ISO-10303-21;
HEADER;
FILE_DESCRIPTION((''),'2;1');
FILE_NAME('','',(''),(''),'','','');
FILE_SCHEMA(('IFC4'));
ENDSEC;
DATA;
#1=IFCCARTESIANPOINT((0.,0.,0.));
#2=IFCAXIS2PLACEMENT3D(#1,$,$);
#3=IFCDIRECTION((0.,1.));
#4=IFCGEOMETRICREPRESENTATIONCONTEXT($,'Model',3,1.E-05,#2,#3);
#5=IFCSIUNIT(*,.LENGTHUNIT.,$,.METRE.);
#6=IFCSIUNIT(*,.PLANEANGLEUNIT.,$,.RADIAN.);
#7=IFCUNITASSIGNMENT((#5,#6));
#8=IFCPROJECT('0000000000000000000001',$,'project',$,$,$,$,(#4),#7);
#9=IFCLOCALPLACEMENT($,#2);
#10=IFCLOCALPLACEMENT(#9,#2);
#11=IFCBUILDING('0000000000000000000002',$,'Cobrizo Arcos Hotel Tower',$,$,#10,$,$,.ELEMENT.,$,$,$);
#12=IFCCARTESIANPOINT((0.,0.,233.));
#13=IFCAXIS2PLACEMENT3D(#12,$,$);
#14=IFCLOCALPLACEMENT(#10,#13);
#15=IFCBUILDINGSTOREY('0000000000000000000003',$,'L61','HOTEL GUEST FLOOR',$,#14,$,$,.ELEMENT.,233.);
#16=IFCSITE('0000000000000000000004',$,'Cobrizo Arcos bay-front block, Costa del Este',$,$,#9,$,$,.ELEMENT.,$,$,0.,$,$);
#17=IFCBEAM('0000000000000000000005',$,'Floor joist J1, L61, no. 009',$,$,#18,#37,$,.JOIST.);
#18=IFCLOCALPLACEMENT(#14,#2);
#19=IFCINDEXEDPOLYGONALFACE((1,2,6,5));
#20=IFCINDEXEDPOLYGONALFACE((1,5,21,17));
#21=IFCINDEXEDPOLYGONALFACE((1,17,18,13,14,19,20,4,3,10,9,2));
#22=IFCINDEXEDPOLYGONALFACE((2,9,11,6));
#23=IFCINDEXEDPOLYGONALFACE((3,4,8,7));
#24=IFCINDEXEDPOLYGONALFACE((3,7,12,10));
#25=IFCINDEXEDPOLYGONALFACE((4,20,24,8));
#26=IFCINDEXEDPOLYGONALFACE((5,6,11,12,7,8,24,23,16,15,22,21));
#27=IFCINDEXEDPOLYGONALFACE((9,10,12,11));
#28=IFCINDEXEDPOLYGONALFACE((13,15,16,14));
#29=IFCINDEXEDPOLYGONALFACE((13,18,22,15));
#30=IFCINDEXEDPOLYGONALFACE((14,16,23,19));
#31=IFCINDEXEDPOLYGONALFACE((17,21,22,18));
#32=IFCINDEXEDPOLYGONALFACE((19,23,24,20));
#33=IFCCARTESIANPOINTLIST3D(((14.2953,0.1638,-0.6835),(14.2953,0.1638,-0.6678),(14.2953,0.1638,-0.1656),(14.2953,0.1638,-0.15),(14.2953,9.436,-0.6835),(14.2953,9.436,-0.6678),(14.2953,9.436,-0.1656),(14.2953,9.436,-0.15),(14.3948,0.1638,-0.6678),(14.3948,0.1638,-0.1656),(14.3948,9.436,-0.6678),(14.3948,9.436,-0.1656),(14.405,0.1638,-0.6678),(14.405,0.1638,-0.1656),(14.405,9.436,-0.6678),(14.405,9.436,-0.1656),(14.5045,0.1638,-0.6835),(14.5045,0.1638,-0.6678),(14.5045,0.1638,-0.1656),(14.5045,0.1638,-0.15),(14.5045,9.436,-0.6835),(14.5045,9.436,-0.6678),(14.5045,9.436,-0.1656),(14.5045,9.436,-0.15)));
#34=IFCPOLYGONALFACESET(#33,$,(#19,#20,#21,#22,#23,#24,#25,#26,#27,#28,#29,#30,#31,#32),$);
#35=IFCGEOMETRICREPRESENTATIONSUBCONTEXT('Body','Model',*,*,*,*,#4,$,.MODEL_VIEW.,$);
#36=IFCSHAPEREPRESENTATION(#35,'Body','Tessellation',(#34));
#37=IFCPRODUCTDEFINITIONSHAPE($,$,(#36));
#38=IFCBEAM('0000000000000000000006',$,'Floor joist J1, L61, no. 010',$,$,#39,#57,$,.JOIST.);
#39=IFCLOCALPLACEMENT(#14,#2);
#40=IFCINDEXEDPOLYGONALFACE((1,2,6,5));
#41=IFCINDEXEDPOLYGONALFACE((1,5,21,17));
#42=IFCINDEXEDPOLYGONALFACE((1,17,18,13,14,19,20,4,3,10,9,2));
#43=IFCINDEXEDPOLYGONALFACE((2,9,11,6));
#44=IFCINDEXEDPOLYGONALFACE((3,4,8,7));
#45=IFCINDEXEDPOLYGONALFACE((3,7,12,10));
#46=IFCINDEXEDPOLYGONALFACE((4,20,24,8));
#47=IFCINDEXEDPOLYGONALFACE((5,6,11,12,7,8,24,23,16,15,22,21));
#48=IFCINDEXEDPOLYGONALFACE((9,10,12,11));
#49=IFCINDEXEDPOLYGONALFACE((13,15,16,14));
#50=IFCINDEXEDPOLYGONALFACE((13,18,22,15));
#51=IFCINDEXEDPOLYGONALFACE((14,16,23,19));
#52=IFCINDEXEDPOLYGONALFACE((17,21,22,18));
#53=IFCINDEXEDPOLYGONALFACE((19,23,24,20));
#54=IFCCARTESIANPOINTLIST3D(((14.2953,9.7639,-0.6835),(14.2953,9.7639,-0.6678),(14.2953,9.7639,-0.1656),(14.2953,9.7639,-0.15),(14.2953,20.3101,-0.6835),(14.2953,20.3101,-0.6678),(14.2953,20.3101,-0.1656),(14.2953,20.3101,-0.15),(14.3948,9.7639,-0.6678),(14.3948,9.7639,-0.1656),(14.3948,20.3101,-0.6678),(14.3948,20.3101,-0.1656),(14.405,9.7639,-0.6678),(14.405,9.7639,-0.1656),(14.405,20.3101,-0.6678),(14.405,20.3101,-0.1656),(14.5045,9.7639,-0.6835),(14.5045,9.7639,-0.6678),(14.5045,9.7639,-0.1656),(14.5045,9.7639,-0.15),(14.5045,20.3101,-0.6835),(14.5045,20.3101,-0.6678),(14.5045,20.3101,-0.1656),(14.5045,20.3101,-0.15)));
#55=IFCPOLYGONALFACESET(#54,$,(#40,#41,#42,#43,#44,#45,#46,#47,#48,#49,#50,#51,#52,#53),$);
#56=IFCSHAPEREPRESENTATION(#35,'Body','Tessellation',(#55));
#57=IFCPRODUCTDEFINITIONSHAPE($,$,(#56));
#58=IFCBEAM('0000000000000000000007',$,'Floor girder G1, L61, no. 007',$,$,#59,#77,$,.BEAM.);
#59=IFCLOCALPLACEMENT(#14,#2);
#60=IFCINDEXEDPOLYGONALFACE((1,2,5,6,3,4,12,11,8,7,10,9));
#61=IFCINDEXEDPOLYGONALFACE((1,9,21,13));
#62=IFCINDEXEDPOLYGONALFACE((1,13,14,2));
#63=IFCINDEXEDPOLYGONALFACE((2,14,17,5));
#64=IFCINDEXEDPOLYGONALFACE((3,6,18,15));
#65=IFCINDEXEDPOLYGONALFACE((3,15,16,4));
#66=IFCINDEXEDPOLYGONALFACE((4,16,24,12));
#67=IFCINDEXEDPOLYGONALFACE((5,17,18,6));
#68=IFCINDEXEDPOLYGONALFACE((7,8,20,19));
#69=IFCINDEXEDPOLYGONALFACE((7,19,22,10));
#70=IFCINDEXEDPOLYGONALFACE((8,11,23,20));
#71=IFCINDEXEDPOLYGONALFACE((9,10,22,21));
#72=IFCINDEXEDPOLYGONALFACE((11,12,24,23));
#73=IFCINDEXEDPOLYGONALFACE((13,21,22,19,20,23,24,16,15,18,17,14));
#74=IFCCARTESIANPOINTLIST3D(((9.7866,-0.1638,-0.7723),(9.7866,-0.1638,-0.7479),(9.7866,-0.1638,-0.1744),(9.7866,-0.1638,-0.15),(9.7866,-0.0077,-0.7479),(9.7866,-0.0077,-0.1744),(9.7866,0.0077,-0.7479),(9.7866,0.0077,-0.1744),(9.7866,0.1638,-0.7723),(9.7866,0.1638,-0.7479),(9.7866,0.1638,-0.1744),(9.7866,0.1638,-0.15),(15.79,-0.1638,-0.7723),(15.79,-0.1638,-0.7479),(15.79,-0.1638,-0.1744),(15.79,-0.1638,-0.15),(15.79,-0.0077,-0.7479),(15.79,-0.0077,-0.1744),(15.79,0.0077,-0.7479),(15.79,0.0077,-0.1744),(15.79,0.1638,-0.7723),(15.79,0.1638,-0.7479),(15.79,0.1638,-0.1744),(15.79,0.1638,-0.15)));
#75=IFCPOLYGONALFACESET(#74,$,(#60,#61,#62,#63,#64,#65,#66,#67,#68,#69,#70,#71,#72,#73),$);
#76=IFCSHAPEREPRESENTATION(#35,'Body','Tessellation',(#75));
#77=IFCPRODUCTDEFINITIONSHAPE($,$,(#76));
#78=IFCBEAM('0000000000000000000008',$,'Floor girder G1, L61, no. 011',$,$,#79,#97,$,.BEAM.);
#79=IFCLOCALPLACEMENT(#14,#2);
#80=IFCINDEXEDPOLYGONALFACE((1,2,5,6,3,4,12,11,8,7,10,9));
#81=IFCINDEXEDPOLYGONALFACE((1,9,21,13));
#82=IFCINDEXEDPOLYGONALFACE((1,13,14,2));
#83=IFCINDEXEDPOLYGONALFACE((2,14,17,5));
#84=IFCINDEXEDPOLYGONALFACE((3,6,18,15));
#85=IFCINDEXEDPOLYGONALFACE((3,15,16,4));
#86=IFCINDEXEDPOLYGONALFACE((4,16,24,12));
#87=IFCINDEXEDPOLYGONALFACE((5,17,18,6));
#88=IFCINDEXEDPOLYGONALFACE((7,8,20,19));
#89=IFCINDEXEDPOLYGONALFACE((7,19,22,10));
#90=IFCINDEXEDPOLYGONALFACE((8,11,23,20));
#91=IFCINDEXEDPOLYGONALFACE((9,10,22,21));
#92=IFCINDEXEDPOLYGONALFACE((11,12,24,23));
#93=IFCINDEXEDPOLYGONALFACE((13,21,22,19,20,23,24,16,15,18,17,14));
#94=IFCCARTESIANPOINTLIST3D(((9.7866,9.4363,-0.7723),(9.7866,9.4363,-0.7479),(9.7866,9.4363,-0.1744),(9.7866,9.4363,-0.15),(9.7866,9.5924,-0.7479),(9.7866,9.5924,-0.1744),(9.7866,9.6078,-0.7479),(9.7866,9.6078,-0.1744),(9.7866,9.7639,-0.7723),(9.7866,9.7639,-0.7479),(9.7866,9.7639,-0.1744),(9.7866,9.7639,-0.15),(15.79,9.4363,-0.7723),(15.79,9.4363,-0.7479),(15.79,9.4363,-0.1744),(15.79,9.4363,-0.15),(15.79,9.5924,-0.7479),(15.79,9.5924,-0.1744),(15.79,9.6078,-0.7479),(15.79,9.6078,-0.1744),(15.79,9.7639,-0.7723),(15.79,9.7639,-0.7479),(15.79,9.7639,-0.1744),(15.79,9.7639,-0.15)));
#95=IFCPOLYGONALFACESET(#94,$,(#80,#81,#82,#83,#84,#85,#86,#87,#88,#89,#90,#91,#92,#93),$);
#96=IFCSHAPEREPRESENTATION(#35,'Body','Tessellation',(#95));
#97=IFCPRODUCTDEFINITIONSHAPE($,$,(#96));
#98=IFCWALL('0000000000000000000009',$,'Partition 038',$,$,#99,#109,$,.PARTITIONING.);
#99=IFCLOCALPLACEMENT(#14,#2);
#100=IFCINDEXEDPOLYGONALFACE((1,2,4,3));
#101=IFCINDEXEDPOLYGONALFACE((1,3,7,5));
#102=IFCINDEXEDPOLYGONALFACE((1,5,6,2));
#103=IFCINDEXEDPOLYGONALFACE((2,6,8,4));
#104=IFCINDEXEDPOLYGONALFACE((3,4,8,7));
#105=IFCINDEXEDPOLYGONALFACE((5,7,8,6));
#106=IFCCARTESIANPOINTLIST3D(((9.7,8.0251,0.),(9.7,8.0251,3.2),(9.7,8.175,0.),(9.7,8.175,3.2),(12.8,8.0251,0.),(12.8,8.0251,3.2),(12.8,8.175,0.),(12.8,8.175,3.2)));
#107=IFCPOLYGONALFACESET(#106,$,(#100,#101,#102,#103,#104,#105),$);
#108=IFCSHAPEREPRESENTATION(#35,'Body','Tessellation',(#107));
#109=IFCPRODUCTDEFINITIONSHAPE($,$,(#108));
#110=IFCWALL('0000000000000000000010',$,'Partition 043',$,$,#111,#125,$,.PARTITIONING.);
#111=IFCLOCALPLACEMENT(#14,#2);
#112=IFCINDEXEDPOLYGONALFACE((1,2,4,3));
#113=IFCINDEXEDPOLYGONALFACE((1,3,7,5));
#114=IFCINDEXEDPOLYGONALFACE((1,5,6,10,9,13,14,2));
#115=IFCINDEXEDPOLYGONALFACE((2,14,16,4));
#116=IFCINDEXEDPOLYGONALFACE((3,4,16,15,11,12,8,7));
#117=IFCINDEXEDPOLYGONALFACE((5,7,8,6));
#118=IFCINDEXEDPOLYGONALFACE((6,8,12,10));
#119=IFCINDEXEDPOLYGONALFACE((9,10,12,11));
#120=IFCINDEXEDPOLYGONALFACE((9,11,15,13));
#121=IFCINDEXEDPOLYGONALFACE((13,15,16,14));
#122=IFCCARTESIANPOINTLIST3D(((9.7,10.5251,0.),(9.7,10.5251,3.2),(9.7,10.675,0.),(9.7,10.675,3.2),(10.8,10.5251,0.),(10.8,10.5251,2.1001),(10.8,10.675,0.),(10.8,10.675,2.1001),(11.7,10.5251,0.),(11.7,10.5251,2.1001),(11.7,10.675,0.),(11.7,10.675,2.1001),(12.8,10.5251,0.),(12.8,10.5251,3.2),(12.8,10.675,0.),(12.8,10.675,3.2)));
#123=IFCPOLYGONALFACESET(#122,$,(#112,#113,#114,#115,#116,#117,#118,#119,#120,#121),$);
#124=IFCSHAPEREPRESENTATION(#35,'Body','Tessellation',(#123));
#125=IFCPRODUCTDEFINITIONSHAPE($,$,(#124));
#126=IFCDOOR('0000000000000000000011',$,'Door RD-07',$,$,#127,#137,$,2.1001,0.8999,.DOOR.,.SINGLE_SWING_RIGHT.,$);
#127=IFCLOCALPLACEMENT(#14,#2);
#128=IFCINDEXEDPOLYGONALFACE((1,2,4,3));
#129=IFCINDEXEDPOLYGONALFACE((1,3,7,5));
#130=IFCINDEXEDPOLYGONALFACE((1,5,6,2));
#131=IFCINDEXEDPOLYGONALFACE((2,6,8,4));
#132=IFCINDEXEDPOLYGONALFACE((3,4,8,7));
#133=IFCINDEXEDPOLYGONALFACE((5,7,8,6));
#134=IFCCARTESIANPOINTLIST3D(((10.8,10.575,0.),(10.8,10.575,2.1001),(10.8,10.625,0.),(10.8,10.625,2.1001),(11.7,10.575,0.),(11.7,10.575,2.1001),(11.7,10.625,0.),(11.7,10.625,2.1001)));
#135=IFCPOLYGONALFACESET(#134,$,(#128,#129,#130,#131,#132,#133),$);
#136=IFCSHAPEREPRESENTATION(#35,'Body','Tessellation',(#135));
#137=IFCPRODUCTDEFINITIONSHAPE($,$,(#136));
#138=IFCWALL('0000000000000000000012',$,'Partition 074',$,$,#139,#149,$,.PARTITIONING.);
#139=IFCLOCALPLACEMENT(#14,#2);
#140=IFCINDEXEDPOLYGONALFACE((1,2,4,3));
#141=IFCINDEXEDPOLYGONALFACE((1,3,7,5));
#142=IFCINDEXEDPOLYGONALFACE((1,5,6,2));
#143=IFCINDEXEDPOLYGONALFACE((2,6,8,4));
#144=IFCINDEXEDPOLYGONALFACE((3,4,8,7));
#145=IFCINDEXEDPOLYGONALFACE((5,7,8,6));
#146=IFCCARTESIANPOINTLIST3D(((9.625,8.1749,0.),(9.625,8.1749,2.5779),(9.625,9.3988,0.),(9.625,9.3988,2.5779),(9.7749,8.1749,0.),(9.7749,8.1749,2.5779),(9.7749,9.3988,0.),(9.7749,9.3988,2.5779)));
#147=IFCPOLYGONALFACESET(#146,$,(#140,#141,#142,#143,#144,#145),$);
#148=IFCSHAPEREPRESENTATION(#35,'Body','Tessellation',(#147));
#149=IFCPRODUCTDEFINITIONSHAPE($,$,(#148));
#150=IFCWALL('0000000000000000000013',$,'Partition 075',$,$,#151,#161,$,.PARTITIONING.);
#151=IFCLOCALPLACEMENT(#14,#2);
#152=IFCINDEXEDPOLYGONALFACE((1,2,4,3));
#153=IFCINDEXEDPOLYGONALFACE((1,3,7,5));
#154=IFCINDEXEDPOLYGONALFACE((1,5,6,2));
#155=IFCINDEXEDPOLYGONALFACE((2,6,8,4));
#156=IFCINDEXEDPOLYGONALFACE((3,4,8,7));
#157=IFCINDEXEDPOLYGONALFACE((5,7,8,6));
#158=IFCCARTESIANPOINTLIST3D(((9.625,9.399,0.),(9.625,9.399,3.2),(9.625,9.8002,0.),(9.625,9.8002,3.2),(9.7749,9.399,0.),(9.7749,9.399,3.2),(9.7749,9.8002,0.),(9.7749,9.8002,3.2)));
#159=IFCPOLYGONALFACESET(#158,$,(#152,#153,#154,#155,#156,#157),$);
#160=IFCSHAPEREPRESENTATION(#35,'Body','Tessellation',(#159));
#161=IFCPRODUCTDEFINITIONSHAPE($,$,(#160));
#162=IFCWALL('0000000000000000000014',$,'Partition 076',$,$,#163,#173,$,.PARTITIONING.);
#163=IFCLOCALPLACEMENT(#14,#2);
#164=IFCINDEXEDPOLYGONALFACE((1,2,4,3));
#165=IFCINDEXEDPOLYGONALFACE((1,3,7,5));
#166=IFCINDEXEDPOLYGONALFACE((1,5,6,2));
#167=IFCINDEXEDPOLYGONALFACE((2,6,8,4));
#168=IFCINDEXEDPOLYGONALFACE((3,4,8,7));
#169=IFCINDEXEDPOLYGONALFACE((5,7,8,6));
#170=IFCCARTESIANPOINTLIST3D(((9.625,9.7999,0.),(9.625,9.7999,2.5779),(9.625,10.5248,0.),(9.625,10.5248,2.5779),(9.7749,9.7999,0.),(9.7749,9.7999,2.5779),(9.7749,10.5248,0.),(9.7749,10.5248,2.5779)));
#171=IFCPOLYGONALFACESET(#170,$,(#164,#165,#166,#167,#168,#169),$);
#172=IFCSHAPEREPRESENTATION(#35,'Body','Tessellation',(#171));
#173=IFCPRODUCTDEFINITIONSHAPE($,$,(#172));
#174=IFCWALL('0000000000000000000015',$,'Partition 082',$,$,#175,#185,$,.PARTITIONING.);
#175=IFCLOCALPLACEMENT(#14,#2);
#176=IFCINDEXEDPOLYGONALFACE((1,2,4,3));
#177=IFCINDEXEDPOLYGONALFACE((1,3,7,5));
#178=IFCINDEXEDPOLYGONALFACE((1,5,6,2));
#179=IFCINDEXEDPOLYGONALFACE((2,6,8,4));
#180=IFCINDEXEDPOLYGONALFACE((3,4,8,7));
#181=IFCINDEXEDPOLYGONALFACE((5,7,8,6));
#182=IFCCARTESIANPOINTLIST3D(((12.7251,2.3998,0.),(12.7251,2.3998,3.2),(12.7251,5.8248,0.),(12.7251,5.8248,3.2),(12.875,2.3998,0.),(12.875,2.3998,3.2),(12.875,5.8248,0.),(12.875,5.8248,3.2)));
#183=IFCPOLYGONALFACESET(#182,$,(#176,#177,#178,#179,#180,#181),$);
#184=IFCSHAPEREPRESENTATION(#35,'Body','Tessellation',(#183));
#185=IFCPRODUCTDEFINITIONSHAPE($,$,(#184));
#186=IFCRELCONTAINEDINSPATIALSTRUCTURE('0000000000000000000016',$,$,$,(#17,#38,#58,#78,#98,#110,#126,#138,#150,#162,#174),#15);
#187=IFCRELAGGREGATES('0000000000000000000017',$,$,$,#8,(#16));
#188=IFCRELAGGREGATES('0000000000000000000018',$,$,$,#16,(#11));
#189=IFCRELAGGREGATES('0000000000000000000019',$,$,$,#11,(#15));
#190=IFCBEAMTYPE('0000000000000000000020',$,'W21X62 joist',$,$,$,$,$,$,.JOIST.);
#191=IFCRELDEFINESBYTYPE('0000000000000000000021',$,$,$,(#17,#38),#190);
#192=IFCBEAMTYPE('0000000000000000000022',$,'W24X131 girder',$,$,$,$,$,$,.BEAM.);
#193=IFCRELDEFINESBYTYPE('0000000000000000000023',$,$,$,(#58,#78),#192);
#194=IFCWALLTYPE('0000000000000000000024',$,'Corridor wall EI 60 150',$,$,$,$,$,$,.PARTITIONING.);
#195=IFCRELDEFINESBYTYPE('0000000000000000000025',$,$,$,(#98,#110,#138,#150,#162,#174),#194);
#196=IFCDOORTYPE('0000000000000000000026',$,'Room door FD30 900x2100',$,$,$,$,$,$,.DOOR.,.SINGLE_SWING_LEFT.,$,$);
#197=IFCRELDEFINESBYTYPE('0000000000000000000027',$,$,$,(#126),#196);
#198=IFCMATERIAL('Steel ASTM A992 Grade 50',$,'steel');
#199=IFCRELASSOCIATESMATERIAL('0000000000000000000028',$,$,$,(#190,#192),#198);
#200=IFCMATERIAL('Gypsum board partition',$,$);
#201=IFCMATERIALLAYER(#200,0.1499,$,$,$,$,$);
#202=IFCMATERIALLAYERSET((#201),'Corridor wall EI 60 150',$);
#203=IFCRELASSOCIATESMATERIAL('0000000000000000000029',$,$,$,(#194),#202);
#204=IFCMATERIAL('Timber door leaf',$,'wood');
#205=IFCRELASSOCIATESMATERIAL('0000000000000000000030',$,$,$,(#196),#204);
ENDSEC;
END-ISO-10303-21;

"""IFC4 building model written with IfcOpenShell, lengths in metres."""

from ifc_helpers import new_model, si_unit, direction, frame, frame_2d, origin, origin_2d, place, context, subcontext, project, spatial, rectangle, i_section, extrude, material, layer, layer_set, material_profile, profile_set, type_object, element, fill, save


model = new_model("IFC4")

# Units and contexts
model_context = context("Model", 3, precision=1e-05, world=origin(), true_north=direction((0.0, 1.0)))
body_context = subcontext(model_context, "Body", "Model", "MODEL_VIEW")
ifc_project = project(units=[si_unit("LENGTHUNIT", "METRE"), si_unit("PLANEANGLEUNIT", "RADIAN")], contexts=[model_context])

# Site, building, storey
site_placement = place(None, origin())
site = spatial("IfcSite", under=ifc_project, at=site_placement, Name="Cobrizo Arcos bay-front block, Costa del Este", CompositionType="ELEMENT", RefElevation=0.0)
building_placement = place(site_placement, origin())
building = spatial("IfcBuilding", under=site, at=building_placement, Name="Cobrizo Arcos Hotel Tower", CompositionType="ELEMENT")
storey_placement = place(building_placement, frame((0.0, 0.0, 233.0)))
storey = spatial("IfcBuildingStorey", under=building, at=storey_placement, Name="L61", Description="HOTEL GUEST FLOOR", CompositionType="ELEMENT", Elevation=233.0)

# Beams
ifc_material_1 = material(Name="Steel ASTM A992 Grade 50", Category="steel")
ifc_material_profile_1 = material_profile(ifc_material_1, i_section(OverallWidth=0.2092, OverallDepth=0.5334, WebThickness=0.0103, FlangeThickness=0.0156, at=origin_2d()), Name="W21X62")
ifc_profile_set_1 = profile_set([ifc_material_profile_1], Name="Steel ASTM A992 Grade 50")
beam_type_1 = type_object("IfcBeamType", Name="W21X62 joist", PredefinedType="JOIST", material=ifc_profile_set_1)
beam_1_placement = place(storey_placement, frame((14.3999, 0.1638, -0.4167), z_axis=(0.0, 1.0, 0.0), x_axis=(-1.0, 0.0, 0.0)))
element("IfcBeam", 1, at=beam_1_placement, inside=storey, type_object=beam_type_1, Name="Floor joist J1, L61, no. 009", PredefinedType="JOIST", context=body_context, shape_type="SweptSolid", body=[
    extrude(i_section(OverallWidth=0.2092, OverallDepth=0.5334, WebThickness=0.0103, FlangeThickness=0.0156, at=origin_2d()), origin(), (0.0, 0.0, 1.0), 9.2722),
])
beam_2_placement = place(storey_placement, frame((14.3999, 9.7639, -0.4167), z_axis=(0.0, 1.0, 0.0), x_axis=(-1.0, 0.0, 0.0)))
element("IfcBeam", 2, at=beam_2_placement, inside=storey, type_object=beam_type_1, Name="Floor joist J1, L61, no. 010", PredefinedType="JOIST", context=body_context, shape_type="SweptSolid", body=[
    extrude(i_section(OverallWidth=0.2092, OverallDepth=0.5334, WebThickness=0.0103, FlangeThickness=0.0156, at=origin_2d()), origin(), (0.0, 0.0, 1.0), 10.5461),
])
ifc_material_profile_2 = material_profile(ifc_material_1, i_section(OverallWidth=0.3276, OverallDepth=0.6223, WebThickness=0.0154, FlangeThickness=0.0244, at=origin_2d()), Name="W24X131")
ifc_profile_set_2 = profile_set([ifc_material_profile_2], Name="Steel ASTM A992 Grade 50")
beam_type_2 = type_object("IfcBeamType", Name="W24X131 girder", PredefinedType="BEAM", material=ifc_profile_set_2)
for number, where, z_axis, x_axis, name in (
    (3, (9.7866, 0.0, -0.4612), (1.0, 0.0, 0.0), (0.0, 1.0, 0.0), "Floor girder G1, L61, no. 007"),
    (4, (9.7866, 9.6001, -0.4612), (1.0, 0.0, 0.0), (0.0, 1.0, 0.0), "Floor girder G1, L61, no. 011"),
):
    element("IfcBeam", number, at=place(storey_placement, frame(where, z_axis=z_axis, x_axis=x_axis)), inside=storey, type_object=beam_type_2, Name=name, PredefinedType="BEAM", context=body_context, shape_type="SweptSolid", body=[
        extrude(i_section(OverallWidth=0.3276, OverallDepth=0.6223, WebThickness=0.0154, FlangeThickness=0.0244, at=origin_2d()), origin(), (0.0, 0.0, 1.0), 6.0034),
    ])

# Wall
ifc_material_2 = material(Name="Gypsum board partition")
ifc_layer_1 = layer(ifc_material_2, 0.1499)
ifc_layer_set_1 = layer_set([ifc_layer_1], Name="Corridor wall EI 60 150")
wall_type_1 = type_object("IfcWallType", Name="Corridor wall EI 60 150", PredefinedType="PARTITIONING", material=ifc_layer_set_1)
wall_1_placement = place(storey_placement, frame((9.7, 8.1001, 0.0), z_axis=(0.0, 0.0, 1.0), x_axis=(1.0, 0.0, 0.0)))
element("IfcWall", 5, at=wall_1_placement, inside=storey, type_object=wall_type_1, Name="Partition 038", PredefinedType="PARTITIONING", context=body_context, shape_type="SweptSolid", body=[
    extrude(rectangle(XDim=3.1001, YDim=0.1499, at=frame_2d((1.55, 0.0))), origin(), (0.0, 0.0, 1.0), 3.2),
])

# Wall, opening, door
wall_2_placement = place(storey_placement, frame((9.7, 10.6001, 0.0), z_axis=(0.0, 0.0, 1.0), x_axis=(1.0, 0.0, 0.0)))
wall_2 = element("IfcWall", 6, at=wall_2_placement, inside=storey, type_object=wall_type_1, Name="Partition 043", PredefinedType="PARTITIONING", context=body_context, shape_type="SweptSolid", body=[
    extrude(rectangle(XDim=3.1001, YDim=0.1499, at=frame_2d((1.55, 0.0))), origin(), (0.0, 0.0, 1.0), 3.2),
])
opening_1_placement = place(wall_2_placement, frame((1.1001, 0.0, 0.0)))
opening_1 = element("IfcOpeningElement", 7, at=opening_1_placement, cuts=wall_2, PredefinedType="OPENING", context=body_context, shape_type="SweptSolid", body=[
    extrude(rectangle(XDim=0.8999, YDim=2.1001, at=frame_2d((0.45, 1.05))), frame((0.0, 0.0869, 0.0), z_axis=(0.0, -1.0, 0.0), x_axis=(1.0, 0.0, 0.0)), (0.0, 0.0, 1.0), 0.1738),
])
ifc_material_3 = material(Name="Timber door leaf", Category="wood")
door_type_1 = type_object("IfcDoorType", Name="Room door FD30 900x2100", OperationType="SINGLE_SWING_LEFT", PredefinedType="DOOR", material=ifc_material_3)
door_1_placement = place(opening_1_placement, origin())
door_1 = element("IfcDoor", 8, at=door_1_placement, inside=storey, type_object=door_type_1, Name="Door RD-07", OperationType="SINGLE_SWING_RIGHT", OverallHeight=2.1001, OverallWidth=0.8999, PredefinedType="DOOR", context=body_context, shape_type="SweptSolid", body=[
    extrude(rectangle(XDim=0.8999, YDim=2.1001, at=frame_2d((0.45, 1.05))), frame((0.0, 0.0249, 0.0), z_axis=(0.0, -1.0, 0.0), x_axis=(1.0, 0.0, 0.0)), (0.0, 0.0, 1.0), 0.05),
])
fill(opening_1, door_1)

# Walls
wall_3_placement = place(storey_placement, frame((9.7, 8.175, 0.0), z_axis=(0.0, 0.0, 1.0), x_axis=(0.0, 1.0, 0.0)))
element("IfcWall", 9, at=wall_3_placement, inside=storey, type_object=wall_type_1, Name="Partition 074", PredefinedType="PARTITIONING", context=body_context, shape_type="SweptSolid", body=[
    extrude(rectangle(XDim=1.2239, YDim=0.1499, at=frame_2d((0.6118, 0.0))), origin(), (0.0, 0.0, 1.0), 2.5779),
])
wall_4_placement = place(storey_placement, frame((9.7, 9.3989, 0.0), z_axis=(0.0, 0.0, 1.0), x_axis=(0.0, 1.0, 0.0)))
element("IfcWall", 10, at=wall_4_placement, inside=storey, type_object=wall_type_1, Name="Partition 075", PredefinedType="PARTITIONING", context=body_context, shape_type="SweptSolid", body=[
    extrude(rectangle(XDim=0.4011, YDim=0.1499, at=frame_2d((0.2007, 0.0))), origin(), (0.0, 0.0, 1.0), 3.2),
])
wall_5_placement = place(storey_placement, frame((9.7, 9.8, 0.0), z_axis=(0.0, 0.0, 1.0), x_axis=(0.0, 1.0, 0.0)))
element("IfcWall", 11, at=wall_5_placement, inside=storey, type_object=wall_type_1, Name="Partition 076", PredefinedType="PARTITIONING", context=body_context, shape_type="SweptSolid", body=[
    extrude(rectangle(XDim=0.7249, YDim=0.1499, at=frame_2d((0.3623, 0.0))), origin(), (0.0, 0.0, 1.0), 2.5779),
])
wall_6_placement = place(storey_placement, frame((12.8, 2.3999, 0.0), z_axis=(0.0, 0.0, 1.0), x_axis=(0.0, 1.0, 0.0)))
element("IfcWall", 12, at=wall_6_placement, inside=storey, type_object=wall_type_1, Name="Partition 082", PredefinedType="PARTITIONING", context=body_context, shape_type="SweptSolid", body=[
    extrude(rectangle(XDim=3.425, YDim=0.1499, at=frame_2d((1.7124, 0.0))), origin(), (0.0, 0.0, 1.0), 3.2),
])

save(model, "model.ifc")
